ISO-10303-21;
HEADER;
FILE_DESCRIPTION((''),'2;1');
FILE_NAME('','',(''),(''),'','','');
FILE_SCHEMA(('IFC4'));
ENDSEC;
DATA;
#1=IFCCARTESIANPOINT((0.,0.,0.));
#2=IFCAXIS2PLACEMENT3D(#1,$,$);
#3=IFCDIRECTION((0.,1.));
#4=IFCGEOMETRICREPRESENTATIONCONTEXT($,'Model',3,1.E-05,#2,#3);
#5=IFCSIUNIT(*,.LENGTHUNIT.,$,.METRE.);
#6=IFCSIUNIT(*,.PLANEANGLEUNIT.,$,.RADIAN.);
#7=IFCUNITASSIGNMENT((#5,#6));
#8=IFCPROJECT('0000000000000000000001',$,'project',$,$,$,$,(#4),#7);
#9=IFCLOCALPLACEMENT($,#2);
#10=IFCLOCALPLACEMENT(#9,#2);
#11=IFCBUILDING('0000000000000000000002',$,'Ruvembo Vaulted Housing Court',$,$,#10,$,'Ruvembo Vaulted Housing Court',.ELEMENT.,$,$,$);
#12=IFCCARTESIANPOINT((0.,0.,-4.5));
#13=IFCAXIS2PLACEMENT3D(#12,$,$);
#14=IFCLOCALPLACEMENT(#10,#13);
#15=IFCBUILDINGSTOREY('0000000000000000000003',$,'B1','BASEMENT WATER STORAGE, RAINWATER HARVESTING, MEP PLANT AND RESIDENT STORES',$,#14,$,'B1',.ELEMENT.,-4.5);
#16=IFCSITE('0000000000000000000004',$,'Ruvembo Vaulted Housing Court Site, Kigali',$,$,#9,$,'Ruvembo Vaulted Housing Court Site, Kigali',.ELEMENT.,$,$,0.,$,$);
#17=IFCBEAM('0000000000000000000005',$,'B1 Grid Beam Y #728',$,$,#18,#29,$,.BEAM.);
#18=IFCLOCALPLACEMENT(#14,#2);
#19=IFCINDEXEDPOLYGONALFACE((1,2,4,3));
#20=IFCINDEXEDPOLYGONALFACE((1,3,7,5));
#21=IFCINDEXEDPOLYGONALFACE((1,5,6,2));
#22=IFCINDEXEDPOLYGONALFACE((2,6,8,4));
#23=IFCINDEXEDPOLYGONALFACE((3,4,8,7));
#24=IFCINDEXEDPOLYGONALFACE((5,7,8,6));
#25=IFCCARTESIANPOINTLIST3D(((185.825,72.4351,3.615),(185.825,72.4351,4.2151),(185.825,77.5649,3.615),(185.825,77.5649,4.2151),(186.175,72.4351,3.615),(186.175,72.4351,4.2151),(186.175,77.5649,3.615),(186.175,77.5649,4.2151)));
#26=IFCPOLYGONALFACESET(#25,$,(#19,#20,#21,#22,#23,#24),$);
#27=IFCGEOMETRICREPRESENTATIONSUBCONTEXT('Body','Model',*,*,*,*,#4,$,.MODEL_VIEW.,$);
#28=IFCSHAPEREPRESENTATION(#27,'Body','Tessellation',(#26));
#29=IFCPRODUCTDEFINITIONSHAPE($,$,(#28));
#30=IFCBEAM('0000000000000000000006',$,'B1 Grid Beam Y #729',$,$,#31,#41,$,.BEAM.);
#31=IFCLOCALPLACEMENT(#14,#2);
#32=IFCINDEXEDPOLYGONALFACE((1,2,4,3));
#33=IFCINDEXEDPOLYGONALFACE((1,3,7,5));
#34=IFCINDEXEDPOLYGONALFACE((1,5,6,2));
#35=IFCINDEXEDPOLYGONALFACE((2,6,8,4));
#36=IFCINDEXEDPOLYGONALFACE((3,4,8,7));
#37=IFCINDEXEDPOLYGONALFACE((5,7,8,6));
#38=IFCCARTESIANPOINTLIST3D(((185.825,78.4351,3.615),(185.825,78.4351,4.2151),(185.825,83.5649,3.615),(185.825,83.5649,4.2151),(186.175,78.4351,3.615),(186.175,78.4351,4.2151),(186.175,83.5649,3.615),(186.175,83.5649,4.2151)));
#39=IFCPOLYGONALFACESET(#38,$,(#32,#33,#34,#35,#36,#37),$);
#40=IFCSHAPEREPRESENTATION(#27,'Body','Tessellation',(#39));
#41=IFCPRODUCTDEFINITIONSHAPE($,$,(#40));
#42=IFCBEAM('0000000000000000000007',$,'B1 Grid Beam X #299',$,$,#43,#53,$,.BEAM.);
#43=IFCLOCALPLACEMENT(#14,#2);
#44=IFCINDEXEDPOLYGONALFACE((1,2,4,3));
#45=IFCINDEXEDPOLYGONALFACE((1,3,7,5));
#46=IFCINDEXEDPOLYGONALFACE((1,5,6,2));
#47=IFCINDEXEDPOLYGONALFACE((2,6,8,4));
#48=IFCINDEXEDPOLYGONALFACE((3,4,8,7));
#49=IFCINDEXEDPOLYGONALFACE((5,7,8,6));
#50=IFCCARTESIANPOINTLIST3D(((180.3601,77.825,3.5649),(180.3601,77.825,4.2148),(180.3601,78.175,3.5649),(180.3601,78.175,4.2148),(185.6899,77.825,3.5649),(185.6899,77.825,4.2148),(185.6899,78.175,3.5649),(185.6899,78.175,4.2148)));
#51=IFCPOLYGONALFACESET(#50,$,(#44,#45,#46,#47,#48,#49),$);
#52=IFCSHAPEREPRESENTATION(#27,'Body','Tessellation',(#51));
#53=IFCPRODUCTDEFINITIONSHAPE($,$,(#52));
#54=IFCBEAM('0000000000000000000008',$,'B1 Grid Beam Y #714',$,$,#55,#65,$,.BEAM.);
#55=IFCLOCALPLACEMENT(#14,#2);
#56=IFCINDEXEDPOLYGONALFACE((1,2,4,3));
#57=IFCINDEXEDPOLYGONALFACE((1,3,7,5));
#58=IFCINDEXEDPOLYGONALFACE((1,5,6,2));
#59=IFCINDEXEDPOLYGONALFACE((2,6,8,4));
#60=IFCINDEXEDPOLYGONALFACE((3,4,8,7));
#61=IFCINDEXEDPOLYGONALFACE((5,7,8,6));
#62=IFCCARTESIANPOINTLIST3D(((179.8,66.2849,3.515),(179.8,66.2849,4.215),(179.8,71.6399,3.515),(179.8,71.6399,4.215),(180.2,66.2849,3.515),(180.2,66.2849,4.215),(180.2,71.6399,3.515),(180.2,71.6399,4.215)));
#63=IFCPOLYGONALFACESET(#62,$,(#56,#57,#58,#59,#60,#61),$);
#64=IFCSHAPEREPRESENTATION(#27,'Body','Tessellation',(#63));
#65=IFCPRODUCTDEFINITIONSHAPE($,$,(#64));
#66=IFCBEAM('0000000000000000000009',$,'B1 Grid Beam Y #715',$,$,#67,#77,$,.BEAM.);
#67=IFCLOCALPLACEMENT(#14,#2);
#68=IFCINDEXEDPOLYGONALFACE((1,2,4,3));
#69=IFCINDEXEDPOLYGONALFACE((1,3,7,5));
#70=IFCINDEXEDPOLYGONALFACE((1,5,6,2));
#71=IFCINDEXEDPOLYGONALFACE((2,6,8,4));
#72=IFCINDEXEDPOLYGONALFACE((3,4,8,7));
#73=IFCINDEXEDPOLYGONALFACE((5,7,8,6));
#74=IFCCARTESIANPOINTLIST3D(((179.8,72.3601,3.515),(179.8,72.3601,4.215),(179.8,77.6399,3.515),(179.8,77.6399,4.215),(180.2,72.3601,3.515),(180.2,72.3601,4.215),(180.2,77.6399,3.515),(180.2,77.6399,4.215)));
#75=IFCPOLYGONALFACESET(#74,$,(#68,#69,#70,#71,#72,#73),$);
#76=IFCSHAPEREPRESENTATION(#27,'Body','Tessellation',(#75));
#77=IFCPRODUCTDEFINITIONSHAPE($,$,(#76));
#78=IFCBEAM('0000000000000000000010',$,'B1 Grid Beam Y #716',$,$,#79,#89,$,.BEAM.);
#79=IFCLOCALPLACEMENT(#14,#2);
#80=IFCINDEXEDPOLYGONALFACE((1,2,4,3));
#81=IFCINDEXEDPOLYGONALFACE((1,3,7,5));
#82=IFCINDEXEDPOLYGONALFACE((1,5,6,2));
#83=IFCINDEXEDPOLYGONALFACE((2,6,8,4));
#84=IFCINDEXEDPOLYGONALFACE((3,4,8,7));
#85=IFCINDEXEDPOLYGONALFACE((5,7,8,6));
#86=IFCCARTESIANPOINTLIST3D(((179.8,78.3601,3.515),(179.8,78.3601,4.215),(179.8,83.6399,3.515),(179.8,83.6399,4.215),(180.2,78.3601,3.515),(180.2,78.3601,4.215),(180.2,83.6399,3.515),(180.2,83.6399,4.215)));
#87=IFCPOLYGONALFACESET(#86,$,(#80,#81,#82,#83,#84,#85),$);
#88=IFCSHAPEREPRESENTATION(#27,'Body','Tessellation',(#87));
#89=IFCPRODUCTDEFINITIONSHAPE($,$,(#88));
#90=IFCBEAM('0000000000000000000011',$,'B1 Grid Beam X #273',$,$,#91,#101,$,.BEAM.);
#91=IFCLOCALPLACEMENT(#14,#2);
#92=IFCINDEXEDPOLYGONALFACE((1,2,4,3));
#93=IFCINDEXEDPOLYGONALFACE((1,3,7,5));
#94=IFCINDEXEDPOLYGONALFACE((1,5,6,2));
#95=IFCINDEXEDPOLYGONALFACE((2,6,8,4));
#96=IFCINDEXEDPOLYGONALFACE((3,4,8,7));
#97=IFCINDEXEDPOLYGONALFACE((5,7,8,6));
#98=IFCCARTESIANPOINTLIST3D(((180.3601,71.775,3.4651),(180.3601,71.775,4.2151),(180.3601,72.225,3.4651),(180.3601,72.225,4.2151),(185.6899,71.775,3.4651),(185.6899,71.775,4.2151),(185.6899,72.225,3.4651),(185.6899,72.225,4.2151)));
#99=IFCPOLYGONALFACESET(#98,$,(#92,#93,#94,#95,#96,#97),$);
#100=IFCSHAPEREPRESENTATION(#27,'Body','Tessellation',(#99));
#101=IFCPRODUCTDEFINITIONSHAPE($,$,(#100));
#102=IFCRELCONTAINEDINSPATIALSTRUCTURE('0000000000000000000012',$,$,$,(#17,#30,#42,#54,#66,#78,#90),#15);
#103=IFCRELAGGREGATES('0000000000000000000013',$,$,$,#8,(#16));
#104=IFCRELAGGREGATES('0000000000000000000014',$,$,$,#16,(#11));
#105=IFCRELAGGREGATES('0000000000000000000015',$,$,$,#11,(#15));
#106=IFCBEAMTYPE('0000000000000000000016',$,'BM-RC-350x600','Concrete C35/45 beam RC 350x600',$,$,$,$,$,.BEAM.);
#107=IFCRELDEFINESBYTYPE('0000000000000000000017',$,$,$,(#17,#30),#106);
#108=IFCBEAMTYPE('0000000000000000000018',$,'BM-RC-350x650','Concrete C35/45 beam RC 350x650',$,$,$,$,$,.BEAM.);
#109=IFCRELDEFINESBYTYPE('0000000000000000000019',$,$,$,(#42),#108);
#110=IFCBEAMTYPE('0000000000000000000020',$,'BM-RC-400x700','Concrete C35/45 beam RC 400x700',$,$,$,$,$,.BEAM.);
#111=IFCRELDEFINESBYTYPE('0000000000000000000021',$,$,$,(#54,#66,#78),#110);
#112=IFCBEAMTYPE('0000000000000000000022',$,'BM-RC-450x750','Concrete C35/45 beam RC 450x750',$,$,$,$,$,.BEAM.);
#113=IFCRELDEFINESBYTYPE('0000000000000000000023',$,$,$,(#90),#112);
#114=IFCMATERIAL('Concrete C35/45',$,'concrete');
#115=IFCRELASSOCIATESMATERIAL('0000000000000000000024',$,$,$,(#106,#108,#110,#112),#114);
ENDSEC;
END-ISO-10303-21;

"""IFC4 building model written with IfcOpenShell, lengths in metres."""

from ifc_helpers import new_model, si_unit, direction, frame, origin, origin_2d, place, context, subcontext, project, spatial, rectangle, extrude, material, material_profile, profile_set, type_object, element, save


model = new_model("IFC4")

# Units and contexts
model_context = context("Model", 3, precision=1e-05, world=origin(), true_north=direction((0.0, 1.0)))
body_context = subcontext(model_context, "Body", "Model", "MODEL_VIEW")
ifc_project = project(units=[si_unit("LENGTHUNIT", "METRE"), si_unit("PLANEANGLEUNIT", "RADIAN")], contexts=[model_context])

# Site, building, storey
site_placement = place(None, origin())
site = spatial("IfcSite", under=ifc_project, at=site_placement, Name="Ruvembo Vaulted Housing Court Site, Kigali", LongName="Ruvembo Vaulted Housing Court Site, Kigali", CompositionType="ELEMENT", RefElevation=0.0)
building_placement = place(site_placement, origin())
building = spatial("IfcBuilding", under=site, at=building_placement, Name="Ruvembo Vaulted Housing Court", LongName="Ruvembo Vaulted Housing Court", CompositionType="ELEMENT")
storey_placement = place(building_placement, frame((0.0, 0.0, -4.5)))
storey = spatial("IfcBuildingStorey", under=building, at=storey_placement, Name="B1", Description="BASEMENT WATER STORAGE, RAINWATER HARVESTING, MEP PLANT AND RESIDENT STORES", LongName="B1", CompositionType="ELEMENT", Elevation=-4.5)

# Shared definitions
ifc_material_1 = material(Name="Concrete C35/45", Category="concrete")

# Beams
ifc_material_profile_1 = material_profile(ifc_material_1, rectangle(XDim=0.3501, YDim=0.6001, at=origin_2d()), Name="RC 350x600")
ifc_profile_set_1 = profile_set([ifc_material_profile_1], Name="Concrete C35/45")
beam_type_1 = type_object("IfcBeamType", Name="BM-RC-350x600", Description="Concrete C35/45 beam RC 350x600", PredefinedType="BEAM", material=ifc_profile_set_1)
for number, where, z_axis, x_axis, name in (
    (1, (186.0, 72.4351, 3.915), (0.0, 1.0, 0.0), (-1.0, 0.0, 0.0), "B1 Grid Beam Y #728"),
    (2, (186.0, 78.4351, 3.915), (0.0, 1.0, 0.0), (-1.0, 0.0, 0.0), "B1 Grid Beam Y #729"),
):
    element("IfcBeam", number, at=place(storey_placement, frame(where, z_axis=z_axis, x_axis=x_axis)), inside=storey, type_object=beam_type_1, Name=name, PredefinedType="BEAM", context=body_context, shape_type="SweptSolid", body=[
        extrude(rectangle(XDim=0.3501, YDim=0.6001, at=origin_2d()), origin(), (0.0, 0.0, 1.0), 5.1299),
    ])
ifc_material_profile_2 = material_profile(ifc_material_1, rectangle(XDim=0.3501, YDim=0.6499, at=origin_2d()), Name="RC 350x650")
ifc_profile_set_2 = profile_set([ifc_material_profile_2], Name="Concrete C35/45")
beam_type_2 = type_object("IfcBeamType", Name="BM-RC-350x650", Description="Concrete C35/45 beam RC 350x650", PredefinedType="BEAM", material=ifc_profile_set_2)
beam_1_placement = place(storey_placement, frame((180.3601, 78.0, 3.8899), z_axis=(1.0, 0.0, 0.0), x_axis=(0.0, 1.0, 0.0)))
element("IfcBeam", 3, at=beam_1_placement, inside=storey, type_object=beam_type_2, Name="B1 Grid Beam X #299", PredefinedType="BEAM", context=body_context, shape_type="SweptSolid", body=[
    extrude(rectangle(XDim=0.3501, YDim=0.6499, at=origin_2d()), origin(), (0.0, 0.0, 1.0), 5.3298),
])
ifc_material_profile_3 = material_profile(ifc_material_1, rectangle(XDim=0.3999, YDim=0.7, at=origin_2d()), Name="RC 400x700")
ifc_profile_set_3 = profile_set([ifc_material_profile_3], Name="Concrete C35/45")
beam_type_3 = type_object("IfcBeamType", Name="BM-RC-400x700", Description="Concrete C35/45 beam RC 400x700", PredefinedType="BEAM", material=ifc_profile_set_3)
beam_2_placement = place(storey_placement, frame((180.0, 66.2849, 3.865), z_axis=(0.0, 1.0, 0.0), x_axis=(-1.0, 0.0, 0.0)))
element("IfcBeam", 4, at=beam_2_placement, inside=storey, type_object=beam_type_3, Name="B1 Grid Beam Y #714", PredefinedType="BEAM", context=body_context, shape_type="SweptSolid", body=[
    extrude(rectangle(XDim=0.3999, YDim=0.7, at=origin_2d()), origin(), (0.0, 0.0, 1.0), 5.355),
])
for number, where, z_axis, x_axis, name in (
    (5, (180.0, 72.3601, 3.865), (0.0, 1.0, 0.0), (-1.0, 0.0, 0.0), "B1 Grid Beam Y #715"),
    (6, (180.0, 78.3601, 3.865), (0.0, 1.0, 0.0), (-1.0, 0.0, 0.0), "B1 Grid Beam Y #716"),
):
    element("IfcBeam", number, at=place(storey_placement, frame(where, z_axis=z_axis, x_axis=x_axis)), inside=storey, type_object=beam_type_3, Name=name, PredefinedType="BEAM", context=body_context, shape_type="SweptSolid", body=[
        extrude(rectangle(XDim=0.3999, YDim=0.7, at=origin_2d()), origin(), (0.0, 0.0, 1.0), 5.2798),
    ])
ifc_material_profile_4 = material_profile(ifc_material_1, rectangle(XDim=0.45, YDim=0.75, at=origin_2d()), Name="RC 450x750")
ifc_profile_set_4 = profile_set([ifc_material_profile_4], Name="Concrete C35/45")
beam_type_4 = type_object("IfcBeamType", Name="BM-RC-450x750", Description="Concrete C35/45 beam RC 450x750", PredefinedType="BEAM", material=ifc_profile_set_4)
beam_3_placement = place(storey_placement, frame((180.3601, 72.0, 3.8401), z_axis=(1.0, 0.0, 0.0), x_axis=(0.0, 1.0, 0.0)))
element("IfcBeam", 7, at=beam_3_placement, inside=storey, type_object=beam_type_4, Name="B1 Grid Beam X #273", PredefinedType="BEAM", context=body_context, shape_type="SweptSolid", body=[
    extrude(rectangle(XDim=0.45, YDim=0.75, at=origin_2d()), origin(), (0.0, 0.0, 1.0), 5.3298),
])

save(model, "model.ifc")
